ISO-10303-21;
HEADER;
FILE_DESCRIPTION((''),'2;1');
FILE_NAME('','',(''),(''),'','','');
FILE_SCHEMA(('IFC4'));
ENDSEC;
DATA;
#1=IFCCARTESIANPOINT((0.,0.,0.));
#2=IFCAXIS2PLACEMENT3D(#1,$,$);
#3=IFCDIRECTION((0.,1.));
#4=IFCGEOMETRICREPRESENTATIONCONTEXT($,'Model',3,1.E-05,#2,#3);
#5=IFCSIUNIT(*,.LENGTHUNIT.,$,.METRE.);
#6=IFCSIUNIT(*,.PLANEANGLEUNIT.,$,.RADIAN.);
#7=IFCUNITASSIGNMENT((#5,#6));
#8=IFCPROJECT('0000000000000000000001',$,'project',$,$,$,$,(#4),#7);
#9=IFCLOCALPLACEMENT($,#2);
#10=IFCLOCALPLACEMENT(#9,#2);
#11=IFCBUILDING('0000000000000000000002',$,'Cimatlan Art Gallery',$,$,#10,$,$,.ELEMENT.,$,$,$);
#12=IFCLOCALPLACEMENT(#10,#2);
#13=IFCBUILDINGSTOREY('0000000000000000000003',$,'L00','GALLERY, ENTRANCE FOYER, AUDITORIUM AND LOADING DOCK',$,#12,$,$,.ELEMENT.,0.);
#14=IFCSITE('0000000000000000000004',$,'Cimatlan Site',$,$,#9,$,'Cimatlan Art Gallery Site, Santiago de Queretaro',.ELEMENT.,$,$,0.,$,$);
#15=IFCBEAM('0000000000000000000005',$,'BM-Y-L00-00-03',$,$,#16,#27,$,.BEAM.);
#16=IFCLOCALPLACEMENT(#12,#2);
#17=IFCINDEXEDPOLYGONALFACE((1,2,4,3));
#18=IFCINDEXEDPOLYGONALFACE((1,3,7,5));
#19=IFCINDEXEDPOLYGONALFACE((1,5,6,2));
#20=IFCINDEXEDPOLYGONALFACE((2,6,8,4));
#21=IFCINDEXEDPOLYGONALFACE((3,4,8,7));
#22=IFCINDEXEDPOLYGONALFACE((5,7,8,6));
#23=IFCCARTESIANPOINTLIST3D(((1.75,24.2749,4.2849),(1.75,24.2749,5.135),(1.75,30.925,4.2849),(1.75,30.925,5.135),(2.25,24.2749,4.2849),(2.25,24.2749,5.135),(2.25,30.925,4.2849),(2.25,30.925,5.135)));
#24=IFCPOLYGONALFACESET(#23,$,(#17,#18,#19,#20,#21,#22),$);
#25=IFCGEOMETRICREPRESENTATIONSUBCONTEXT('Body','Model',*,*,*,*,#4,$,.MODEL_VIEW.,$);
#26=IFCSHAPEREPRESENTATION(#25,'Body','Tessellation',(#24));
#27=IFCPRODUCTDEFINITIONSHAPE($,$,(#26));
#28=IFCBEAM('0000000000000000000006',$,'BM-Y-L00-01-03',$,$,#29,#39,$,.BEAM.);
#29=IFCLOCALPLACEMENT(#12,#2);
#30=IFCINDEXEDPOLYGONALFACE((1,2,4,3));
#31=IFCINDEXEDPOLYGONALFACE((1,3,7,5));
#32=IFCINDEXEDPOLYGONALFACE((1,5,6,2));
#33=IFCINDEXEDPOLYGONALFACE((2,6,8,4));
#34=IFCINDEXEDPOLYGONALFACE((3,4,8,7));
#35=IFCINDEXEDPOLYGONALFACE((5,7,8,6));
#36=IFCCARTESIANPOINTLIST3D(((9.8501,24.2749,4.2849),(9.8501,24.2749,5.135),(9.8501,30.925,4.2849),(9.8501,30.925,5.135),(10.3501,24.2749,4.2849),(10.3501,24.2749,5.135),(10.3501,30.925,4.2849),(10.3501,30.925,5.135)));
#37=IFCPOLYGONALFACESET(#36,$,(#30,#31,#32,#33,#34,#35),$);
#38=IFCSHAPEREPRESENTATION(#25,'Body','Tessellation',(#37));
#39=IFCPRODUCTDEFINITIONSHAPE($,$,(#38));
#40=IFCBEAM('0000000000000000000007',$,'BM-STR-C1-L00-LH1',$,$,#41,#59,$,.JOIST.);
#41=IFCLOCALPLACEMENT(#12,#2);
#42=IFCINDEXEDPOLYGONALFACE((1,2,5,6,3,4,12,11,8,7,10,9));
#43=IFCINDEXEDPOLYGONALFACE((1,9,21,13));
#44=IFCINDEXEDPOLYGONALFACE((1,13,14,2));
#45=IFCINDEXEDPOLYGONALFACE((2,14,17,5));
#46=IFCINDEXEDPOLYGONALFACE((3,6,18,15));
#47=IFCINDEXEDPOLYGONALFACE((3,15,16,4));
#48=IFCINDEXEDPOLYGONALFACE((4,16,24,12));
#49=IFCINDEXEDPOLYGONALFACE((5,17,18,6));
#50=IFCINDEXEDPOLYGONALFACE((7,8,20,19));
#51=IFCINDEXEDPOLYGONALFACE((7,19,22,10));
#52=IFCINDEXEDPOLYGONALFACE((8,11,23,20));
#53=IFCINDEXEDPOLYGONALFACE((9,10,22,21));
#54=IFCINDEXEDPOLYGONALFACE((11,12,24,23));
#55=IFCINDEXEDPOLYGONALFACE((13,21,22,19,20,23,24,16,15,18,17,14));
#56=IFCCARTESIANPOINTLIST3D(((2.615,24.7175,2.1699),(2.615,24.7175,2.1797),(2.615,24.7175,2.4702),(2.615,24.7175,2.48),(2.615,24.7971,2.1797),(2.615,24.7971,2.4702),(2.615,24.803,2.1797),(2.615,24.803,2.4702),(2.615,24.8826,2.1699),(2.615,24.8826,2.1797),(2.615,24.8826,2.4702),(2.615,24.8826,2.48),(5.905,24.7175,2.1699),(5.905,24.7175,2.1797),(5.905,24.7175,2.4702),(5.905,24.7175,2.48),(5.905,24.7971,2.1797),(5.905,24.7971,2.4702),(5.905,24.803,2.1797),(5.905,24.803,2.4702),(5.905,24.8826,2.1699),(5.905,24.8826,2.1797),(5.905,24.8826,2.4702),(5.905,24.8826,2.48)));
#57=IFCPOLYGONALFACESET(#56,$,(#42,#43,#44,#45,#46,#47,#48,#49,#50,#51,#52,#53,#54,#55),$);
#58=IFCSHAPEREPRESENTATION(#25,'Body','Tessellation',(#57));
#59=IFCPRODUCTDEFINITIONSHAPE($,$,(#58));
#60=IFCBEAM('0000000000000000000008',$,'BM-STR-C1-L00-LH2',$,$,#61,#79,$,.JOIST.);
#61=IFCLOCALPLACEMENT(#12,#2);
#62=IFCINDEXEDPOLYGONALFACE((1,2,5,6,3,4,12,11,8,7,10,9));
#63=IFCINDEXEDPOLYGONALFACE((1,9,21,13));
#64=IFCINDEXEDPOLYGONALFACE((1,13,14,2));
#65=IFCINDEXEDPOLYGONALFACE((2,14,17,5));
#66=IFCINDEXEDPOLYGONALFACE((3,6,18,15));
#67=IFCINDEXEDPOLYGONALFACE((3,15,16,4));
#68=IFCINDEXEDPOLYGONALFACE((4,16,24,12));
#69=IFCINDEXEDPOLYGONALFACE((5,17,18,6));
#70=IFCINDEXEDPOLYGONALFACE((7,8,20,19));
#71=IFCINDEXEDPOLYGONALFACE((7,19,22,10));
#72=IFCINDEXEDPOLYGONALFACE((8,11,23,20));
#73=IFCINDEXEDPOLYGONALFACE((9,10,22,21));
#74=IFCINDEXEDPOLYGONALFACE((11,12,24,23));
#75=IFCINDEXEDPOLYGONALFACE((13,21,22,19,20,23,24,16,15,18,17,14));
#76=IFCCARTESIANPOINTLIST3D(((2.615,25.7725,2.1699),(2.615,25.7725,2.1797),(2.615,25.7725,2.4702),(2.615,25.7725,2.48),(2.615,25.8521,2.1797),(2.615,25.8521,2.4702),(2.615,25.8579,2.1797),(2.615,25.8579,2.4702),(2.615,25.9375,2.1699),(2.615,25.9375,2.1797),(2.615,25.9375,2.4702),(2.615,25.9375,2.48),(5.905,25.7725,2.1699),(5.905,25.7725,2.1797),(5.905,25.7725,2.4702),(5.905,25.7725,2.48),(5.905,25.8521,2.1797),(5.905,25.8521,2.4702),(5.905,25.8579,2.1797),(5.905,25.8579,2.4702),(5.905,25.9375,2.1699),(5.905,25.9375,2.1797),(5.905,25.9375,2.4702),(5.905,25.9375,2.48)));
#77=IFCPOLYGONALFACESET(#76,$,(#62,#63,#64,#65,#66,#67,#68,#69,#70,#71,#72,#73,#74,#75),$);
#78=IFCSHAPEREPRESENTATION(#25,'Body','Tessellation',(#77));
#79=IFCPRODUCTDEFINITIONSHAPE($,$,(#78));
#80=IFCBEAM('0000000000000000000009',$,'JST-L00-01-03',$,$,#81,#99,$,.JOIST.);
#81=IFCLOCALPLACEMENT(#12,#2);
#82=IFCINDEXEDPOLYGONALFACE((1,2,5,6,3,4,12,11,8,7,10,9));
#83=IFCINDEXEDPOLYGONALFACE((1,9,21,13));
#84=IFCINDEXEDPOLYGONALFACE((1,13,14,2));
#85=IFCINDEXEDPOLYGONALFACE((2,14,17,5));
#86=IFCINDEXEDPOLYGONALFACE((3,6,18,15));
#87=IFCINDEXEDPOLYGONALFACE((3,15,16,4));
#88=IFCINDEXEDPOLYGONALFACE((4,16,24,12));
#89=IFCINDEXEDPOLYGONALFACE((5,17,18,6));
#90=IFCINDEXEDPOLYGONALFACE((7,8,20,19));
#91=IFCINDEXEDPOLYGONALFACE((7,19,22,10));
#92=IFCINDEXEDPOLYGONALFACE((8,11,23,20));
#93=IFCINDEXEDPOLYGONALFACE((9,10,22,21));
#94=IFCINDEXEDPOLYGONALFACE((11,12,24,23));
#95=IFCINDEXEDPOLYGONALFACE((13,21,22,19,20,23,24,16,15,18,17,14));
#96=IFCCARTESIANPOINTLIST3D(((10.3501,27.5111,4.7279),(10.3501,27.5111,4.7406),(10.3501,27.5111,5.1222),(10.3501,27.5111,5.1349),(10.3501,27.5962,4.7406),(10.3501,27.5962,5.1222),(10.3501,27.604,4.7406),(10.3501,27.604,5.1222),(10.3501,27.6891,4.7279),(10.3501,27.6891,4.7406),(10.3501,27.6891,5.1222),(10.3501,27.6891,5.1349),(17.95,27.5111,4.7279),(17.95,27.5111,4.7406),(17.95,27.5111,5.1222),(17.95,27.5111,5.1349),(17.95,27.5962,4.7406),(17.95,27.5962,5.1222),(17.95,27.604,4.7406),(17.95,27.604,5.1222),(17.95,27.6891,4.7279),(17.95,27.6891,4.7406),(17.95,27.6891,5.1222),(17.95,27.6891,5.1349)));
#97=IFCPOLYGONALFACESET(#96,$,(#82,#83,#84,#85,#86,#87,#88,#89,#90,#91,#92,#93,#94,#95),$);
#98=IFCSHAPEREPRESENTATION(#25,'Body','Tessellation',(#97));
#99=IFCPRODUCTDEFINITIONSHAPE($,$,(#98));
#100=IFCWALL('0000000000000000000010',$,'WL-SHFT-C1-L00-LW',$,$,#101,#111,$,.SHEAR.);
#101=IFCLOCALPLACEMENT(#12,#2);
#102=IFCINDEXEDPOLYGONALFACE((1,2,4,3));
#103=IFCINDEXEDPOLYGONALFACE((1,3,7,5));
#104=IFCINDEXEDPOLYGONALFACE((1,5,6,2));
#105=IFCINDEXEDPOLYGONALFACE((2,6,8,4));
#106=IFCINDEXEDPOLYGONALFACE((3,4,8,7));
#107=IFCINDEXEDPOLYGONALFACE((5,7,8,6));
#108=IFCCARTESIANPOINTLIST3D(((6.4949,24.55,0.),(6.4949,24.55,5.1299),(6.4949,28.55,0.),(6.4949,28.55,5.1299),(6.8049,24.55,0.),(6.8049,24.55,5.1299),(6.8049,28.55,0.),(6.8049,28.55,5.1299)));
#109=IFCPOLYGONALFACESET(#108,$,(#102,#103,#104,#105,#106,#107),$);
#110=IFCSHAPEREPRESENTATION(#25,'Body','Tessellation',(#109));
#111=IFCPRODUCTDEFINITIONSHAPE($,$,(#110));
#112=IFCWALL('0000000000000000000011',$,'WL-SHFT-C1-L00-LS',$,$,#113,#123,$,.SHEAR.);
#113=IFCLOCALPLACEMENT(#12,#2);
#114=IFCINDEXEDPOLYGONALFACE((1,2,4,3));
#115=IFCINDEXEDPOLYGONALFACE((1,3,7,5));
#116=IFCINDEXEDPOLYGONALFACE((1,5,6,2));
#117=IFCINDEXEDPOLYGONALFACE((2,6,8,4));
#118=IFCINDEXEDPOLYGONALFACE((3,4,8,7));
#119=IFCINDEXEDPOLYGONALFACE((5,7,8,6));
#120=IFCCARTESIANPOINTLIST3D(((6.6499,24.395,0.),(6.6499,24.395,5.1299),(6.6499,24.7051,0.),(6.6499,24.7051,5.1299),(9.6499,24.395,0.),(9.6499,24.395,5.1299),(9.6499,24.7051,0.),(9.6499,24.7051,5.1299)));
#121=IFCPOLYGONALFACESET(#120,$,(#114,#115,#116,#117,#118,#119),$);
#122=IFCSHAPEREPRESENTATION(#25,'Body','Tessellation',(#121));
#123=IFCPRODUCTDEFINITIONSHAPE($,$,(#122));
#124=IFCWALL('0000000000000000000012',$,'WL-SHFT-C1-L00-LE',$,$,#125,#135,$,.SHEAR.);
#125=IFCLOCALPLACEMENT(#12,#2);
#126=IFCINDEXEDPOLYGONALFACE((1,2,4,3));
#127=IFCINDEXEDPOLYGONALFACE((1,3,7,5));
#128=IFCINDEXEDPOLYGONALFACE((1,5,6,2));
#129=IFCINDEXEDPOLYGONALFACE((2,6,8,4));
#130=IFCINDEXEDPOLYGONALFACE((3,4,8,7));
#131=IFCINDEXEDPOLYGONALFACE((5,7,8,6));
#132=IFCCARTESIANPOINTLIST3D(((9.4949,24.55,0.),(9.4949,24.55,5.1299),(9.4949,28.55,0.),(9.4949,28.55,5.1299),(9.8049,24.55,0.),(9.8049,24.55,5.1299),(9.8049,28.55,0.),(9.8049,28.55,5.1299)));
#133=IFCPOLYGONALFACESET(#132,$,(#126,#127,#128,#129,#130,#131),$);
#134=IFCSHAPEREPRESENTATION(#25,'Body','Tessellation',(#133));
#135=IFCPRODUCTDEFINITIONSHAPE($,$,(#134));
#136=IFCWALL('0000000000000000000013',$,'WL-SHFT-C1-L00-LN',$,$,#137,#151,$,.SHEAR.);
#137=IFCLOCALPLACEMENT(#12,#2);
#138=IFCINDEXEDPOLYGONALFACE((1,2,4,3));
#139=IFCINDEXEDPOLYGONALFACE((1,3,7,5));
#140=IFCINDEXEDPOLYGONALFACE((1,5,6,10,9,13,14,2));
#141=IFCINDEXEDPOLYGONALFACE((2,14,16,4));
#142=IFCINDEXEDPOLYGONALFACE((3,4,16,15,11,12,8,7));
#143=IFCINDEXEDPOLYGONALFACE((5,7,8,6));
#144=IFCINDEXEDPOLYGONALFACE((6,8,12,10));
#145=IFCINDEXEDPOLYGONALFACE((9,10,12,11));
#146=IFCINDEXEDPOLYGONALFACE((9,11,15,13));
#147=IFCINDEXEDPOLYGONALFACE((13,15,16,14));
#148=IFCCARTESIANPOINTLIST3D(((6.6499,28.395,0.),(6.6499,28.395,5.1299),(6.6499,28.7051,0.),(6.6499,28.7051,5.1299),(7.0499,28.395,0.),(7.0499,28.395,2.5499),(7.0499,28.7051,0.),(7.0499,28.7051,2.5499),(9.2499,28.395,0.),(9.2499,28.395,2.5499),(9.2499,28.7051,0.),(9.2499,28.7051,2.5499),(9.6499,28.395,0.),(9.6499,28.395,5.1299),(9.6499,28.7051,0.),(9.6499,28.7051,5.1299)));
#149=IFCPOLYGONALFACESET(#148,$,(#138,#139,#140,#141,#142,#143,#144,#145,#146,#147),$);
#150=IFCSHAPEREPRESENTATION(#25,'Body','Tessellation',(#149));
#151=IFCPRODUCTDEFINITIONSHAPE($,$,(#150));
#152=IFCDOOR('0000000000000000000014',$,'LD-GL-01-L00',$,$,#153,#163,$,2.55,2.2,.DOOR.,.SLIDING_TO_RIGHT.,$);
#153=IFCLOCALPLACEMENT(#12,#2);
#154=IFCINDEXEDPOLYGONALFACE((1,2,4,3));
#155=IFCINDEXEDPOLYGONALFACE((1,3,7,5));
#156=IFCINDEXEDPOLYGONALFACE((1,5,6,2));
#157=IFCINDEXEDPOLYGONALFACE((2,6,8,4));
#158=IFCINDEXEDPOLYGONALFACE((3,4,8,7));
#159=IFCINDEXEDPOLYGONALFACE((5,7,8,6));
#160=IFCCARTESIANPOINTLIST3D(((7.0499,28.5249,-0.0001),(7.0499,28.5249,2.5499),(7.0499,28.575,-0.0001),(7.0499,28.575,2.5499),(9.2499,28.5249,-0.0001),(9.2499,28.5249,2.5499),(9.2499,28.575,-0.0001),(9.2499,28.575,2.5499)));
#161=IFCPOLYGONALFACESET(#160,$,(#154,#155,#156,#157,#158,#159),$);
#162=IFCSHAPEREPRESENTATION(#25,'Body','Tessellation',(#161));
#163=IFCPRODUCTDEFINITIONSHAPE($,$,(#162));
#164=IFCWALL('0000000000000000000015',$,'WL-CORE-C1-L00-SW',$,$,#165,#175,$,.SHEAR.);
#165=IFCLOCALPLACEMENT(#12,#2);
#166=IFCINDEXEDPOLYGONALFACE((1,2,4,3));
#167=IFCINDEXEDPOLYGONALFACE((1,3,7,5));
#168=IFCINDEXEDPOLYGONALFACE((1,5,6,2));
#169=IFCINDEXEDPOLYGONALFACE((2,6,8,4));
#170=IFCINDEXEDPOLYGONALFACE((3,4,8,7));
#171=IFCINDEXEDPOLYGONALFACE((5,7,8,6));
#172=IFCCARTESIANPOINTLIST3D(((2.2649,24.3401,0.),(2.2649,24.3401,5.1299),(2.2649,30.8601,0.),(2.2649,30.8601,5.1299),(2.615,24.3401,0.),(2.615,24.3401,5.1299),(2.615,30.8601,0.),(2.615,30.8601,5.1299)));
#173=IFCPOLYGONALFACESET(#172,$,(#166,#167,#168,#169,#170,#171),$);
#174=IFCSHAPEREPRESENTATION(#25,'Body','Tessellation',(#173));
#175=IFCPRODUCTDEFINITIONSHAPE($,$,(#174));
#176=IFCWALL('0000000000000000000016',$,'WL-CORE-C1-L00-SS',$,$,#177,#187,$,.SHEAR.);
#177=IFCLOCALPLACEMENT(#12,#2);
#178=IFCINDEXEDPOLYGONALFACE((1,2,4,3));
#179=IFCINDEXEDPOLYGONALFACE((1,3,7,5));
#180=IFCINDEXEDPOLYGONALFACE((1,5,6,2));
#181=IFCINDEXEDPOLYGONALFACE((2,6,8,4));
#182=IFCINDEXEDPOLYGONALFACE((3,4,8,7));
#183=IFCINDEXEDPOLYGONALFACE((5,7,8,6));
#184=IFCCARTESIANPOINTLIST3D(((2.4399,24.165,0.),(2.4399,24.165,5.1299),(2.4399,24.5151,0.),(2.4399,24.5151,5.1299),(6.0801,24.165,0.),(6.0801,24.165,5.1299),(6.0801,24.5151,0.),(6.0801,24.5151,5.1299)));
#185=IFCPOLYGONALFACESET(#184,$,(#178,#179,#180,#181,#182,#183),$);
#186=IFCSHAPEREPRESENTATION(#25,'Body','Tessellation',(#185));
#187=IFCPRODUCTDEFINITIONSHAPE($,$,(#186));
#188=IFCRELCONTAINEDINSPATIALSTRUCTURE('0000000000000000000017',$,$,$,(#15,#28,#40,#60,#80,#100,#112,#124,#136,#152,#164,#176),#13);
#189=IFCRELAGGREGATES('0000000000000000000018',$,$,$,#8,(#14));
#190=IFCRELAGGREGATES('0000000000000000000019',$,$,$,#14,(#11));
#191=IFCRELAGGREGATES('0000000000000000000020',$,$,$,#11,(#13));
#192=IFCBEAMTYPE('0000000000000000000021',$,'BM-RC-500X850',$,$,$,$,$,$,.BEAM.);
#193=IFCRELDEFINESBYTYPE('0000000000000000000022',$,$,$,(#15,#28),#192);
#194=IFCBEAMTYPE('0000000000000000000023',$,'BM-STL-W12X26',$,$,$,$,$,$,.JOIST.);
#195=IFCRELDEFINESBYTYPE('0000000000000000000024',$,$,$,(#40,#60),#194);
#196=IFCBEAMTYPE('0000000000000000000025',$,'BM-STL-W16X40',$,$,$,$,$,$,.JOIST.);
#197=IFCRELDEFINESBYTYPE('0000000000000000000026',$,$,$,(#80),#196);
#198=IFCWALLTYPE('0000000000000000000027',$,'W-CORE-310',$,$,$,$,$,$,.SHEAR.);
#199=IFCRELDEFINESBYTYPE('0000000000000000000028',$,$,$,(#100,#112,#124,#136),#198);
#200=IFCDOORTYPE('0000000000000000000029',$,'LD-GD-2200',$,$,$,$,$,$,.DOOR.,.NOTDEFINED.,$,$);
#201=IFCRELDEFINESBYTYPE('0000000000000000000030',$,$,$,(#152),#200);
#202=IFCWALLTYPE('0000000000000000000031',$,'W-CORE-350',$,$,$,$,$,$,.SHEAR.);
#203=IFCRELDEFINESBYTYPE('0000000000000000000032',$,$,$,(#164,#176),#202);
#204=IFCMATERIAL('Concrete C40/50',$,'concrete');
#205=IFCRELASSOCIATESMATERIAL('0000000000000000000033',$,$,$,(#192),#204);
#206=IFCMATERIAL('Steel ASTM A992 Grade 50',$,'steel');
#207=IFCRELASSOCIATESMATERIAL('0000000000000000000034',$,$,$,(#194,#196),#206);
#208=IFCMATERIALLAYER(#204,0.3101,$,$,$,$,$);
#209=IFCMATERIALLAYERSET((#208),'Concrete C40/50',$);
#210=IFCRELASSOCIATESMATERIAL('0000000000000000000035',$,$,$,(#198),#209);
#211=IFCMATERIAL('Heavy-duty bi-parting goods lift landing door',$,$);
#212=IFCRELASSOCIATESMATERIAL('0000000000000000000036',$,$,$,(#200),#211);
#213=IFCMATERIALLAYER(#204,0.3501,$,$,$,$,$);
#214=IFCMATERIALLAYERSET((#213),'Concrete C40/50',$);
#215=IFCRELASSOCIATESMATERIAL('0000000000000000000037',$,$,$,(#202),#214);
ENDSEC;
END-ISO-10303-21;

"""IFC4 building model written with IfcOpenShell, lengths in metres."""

from ifc_helpers import new_model, si_unit, direction, frame, frame_2d, origin, origin_2d, place, context, subcontext, project, spatial, rectangle, i_section, extrude, material, layer, layer_set, material_profile, profile_set, type_object, element, fill, save


model = new_model("IFC4")

# Units and contexts
model_context = context("Model", 3, precision=1e-05, world=origin(), true_north=direction((0.0, 1.0)))
body_context = subcontext(model_context, "Body", "Model", "MODEL_VIEW")
ifc_project = project(units=[si_unit("LENGTHUNIT", "METRE"), si_unit("PLANEANGLEUNIT", "RADIAN")], contexts=[model_context])

# Site, building, storey
site_placement = place(None, origin())
site = spatial("IfcSite", under=ifc_project, at=site_placement, Name="Cimatlan Site", LongName="Cimatlan Art Gallery Site, Santiago de Queretaro", CompositionType="ELEMENT", RefElevation=0.0)
building_placement = place(site_placement, origin())
building = spatial("IfcBuilding", under=site, at=building_placement, Name="Cimatlan Art Gallery", CompositionType="ELEMENT")
storey_placement = place(building_placement, origin())
storey = spatial("IfcBuildingStorey", under=building, at=storey_placement, Name="L00", Description="GALLERY, ENTRANCE FOYER, AUDITORIUM AND LOADING DOCK", CompositionType="ELEMENT", Elevation=0.0)

# Beams
ifc_material_1 = material(Name="Concrete C40/50", Category="concrete")
ifc_material_profile_1 = material_profile(ifc_material_1, rectangle(XDim=0.5, YDim=0.8501, at=origin_2d()), Name="RC500X850")
ifc_profile_set_1 = profile_set([ifc_material_profile_1], Name="Concrete C40/50")
beam_type_1 = type_object("IfcBeamType", Name="BM-RC-500X850", PredefinedType="BEAM", material=ifc_profile_set_1)
for number, where, z_axis, x_axis, name in (
    (1, (2.0, 24.2749, 4.71), (0.0, 1.0, 0.0), (-1.0, 0.0, 0.0), "BM-Y-L00-00-03"),
    (2, (10.1001, 24.2749, 4.71), (0.0, 1.0, 0.0), (-1.0, 0.0, 0.0), "BM-Y-L00-01-03"),
):
    element("IfcBeam", number, at=place(storey_placement, frame(where, z_axis=z_axis, x_axis=x_axis)), inside=storey, type_object=beam_type_1, Name=name, PredefinedType="BEAM", context=body_context, shape_type="SweptSolid", body=[
        extrude(rectangle(XDim=0.5, YDim=0.8501, at=origin_2d()), origin(), (0.0, 0.0, 1.0), 6.6501),
    ])
ifc_material_2 = material(Name="Steel ASTM A992 Grade 50", Category="steel")
ifc_material_profile_2 = material_profile(ifc_material_2, i_section(OverallWidth=0.165, OverallDepth=0.3101, WebThickness=0.0059, FlangeThickness=0.0098, at=origin_2d()), Name="W12X26")
ifc_profile_set_2 = profile_set([ifc_material_profile_2], Name="Steel ASTM A992 Grade 50")
beam_type_2 = type_object("IfcBeamType", Name="BM-STL-W12X26", PredefinedType="JOIST", material=ifc_profile_set_2)
for number, where, z_axis, x_axis, name in (
    (3, (2.615, 24.8, 2.325), (1.0, 0.0, 0.0), (0.0, 1.0, 0.0), "BM-STR-C1-L00-LH1"),
    (4, (2.615, 25.855, 2.325), (1.0, 0.0, 0.0), (0.0, 1.0, 0.0), "BM-STR-C1-L00-LH2"),
):
    element("IfcBeam", number, at=place(storey_placement, frame(where, z_axis=z_axis, x_axis=x_axis)), inside=storey, type_object=beam_type_2, Name=name, PredefinedType="JOIST", context=body_context, shape_type="SweptSolid", body=[
        extrude(i_section(OverallWidth=0.165, OverallDepth=0.3101, WebThickness=0.0059, FlangeThickness=0.0098, at=origin_2d()), origin(), (0.0, 0.0, 1.0), 3.29),
    ])
ifc_material_profile_3 = material_profile(ifc_material_2, i_section(OverallWidth=0.178, OverallDepth=0.407, WebThickness=0.0078, FlangeThickness=0.0127, at=origin_2d()), Name="W16X40")
ifc_profile_set_3 = profile_set([ifc_material_profile_3], Name="Steel ASTM A992 Grade 50")
beam_type_3 = type_object("IfcBeamType", Name="BM-STL-W16X40", PredefinedType="JOIST", material=ifc_profile_set_3)
beam_placement = place(storey_placement, frame((10.3501, 27.6001, 4.9314), z_axis=(1.0, 0.0, 0.0), x_axis=(0.0, 1.0, 0.0)))
element("IfcBeam", 5, at=beam_placement, inside=storey, type_object=beam_type_3, Name="JST-L00-01-03", PredefinedType="JOIST", context=body_context, shape_type="SweptSolid", body=[
    extrude(i_section(OverallWidth=0.178, OverallDepth=0.407, WebThickness=0.0078, FlangeThickness=0.0127, at=origin_2d()), origin(), (0.0, 0.0, 1.0), 7.5999),
])

# Walls
ifc_layer_1 = layer(ifc_material_1, 0.3101)
ifc_layer_set_1 = layer_set([ifc_layer_1], Name="Concrete C40/50")
wall_type_1 = type_object("IfcWallType", Name="W-CORE-310", PredefinedType="SHEAR", material=ifc_layer_set_1)
wall_1_placement = place(storey_placement, frame((6.6499, 24.55, 0.0), z_axis=(0.0, 0.0, 1.0), x_axis=(0.0, 1.0, 0.0)))
element("IfcWall", 6, at=wall_1_placement, inside=storey, type_object=wall_type_1, Name="WL-SHFT-C1-L00-LW", PredefinedType="SHEAR", context=body_context, shape_type="SweptSolid", body=[
    extrude(rectangle(XDim=4.0, YDim=0.3101, at=frame_2d((2.0, 0.0))), origin(), (0.0, 0.0, 1.0), 5.1299),
])
wall_2_placement = place(storey_placement, frame((6.6499, 24.55, 0.0), z_axis=(0.0, 0.0, 1.0), x_axis=(1.0, 0.0, 0.0)))
element("IfcWall", 7, at=wall_2_placement, inside=storey, type_object=wall_type_1, Name="WL-SHFT-C1-L00-LS", PredefinedType="SHEAR", context=body_context, shape_type="SweptSolid", body=[
    extrude(rectangle(XDim=3.0, YDim=0.3101, at=frame_2d((1.5, 0.0))), origin(), (0.0, 0.0, 1.0), 5.1299),
])
wall_3_placement = place(storey_placement, frame((9.6499, 24.55, 0.0), z_axis=(0.0, 0.0, 1.0), x_axis=(0.0, 1.0, 0.0)))
element("IfcWall", 8, at=wall_3_placement, inside=storey, type_object=wall_type_1, Name="WL-SHFT-C1-L00-LE", PredefinedType="SHEAR", context=body_context, shape_type="SweptSolid", body=[
    extrude(rectangle(XDim=4.0, YDim=0.3101, at=frame_2d((2.0, 0.0))), origin(), (0.0, 0.0, 1.0), 5.1299),
])

# Wall, opening, door
wall_4_placement = place(storey_placement, frame((6.6499, 28.55, 0.0), z_axis=(0.0, 0.0, 1.0), x_axis=(1.0, 0.0, 0.0)))
wall_4 = element("IfcWall", 9, at=wall_4_placement, inside=storey, type_object=wall_type_1, Name="WL-SHFT-C1-L00-LN", PredefinedType="SHEAR", context=body_context, shape_type="SweptSolid", body=[
    extrude(rectangle(XDim=3.0, YDim=0.3101, at=frame_2d((1.5, 0.0))), origin(), (0.0, 0.0, 1.0), 5.1299),
])
opening_1_placement = place(wall_4_placement, frame((0.3999, 0.0, 0.0)))
opening_1 = element("IfcOpeningElement", 10, at=opening_1_placement, cuts=wall_4, PredefinedType="OPENING", context=body_context, shape_type="SweptSolid", body=[
    extrude(rectangle(XDim=2.2, YDim=2.55, at=frame_2d((1.1001, 1.2749))), frame((0.0, 0.165, 0.0), z_axis=(0.0, -1.0, 0.0), x_axis=(1.0, 0.0, 0.0)), (0.0, 0.0, 1.0), 0.3301),
])
ifc_material_3 = material(Name="Heavy-duty bi-parting goods lift landing door")
door_type = type_object("IfcDoorType", Name="LD-GD-2200", OperationType="NOTDEFINED", PredefinedType="DOOR", material=ifc_material_3)
door_placement = place(opening_1_placement, origin())
door = element("IfcDoor", 11, at=door_placement, inside=storey, type_object=door_type, Name="LD-GL-01-L00", OperationType="SLIDING_TO_RIGHT", OverallHeight=2.55, OverallWidth=2.2, PredefinedType="DOOR", context=body_context, shape_type="SweptSolid", body=[
    extrude(rectangle(XDim=2.2, YDim=2.55, at=frame_2d((1.1001, 1.2749))), frame((0.0, 0.0249, 0.0), z_axis=(0.0, -1.0, 0.0), x_axis=(1.0, 0.0, 0.0)), (0.0, 0.0, 1.0), 0.05),
])
fill(opening_1, door)

# Walls
ifc_layer_2 = layer(ifc_material_1, 0.3501)
ifc_layer_set_2 = layer_set([ifc_layer_2], Name="Concrete C40/50")
wall_type_2 = type_object("IfcWallType", Name="W-CORE-350", PredefinedType="SHEAR", material=ifc_layer_set_2)
wall_5_placement = place(storey_placement, frame((2.4399, 24.3401, 0.0), z_axis=(0.0, 0.0, 1.0), x_axis=(0.0, 1.0, 0.0)))
element("IfcWall", 12, at=wall_5_placement, inside=storey, type_object=wall_type_2, Name="WL-CORE-C1-L00-SW", PredefinedType="SHEAR", context=body_context, shape_type="SweptSolid", body=[
    extrude(rectangle(XDim=6.52, YDim=0.3501, at=frame_2d((3.26, 0.0))), origin(), (0.0, 0.0, 1.0), 5.1299),
])
wall_6_placement = place(storey_placement, frame((2.4399, 24.3401, 0.0), z_axis=(0.0, 0.0, 1.0), x_axis=(1.0, 0.0, 0.0)))
element("IfcWall", 13, at=wall_6_placement, inside=storey, type_object=wall_type_2, Name="WL-CORE-C1-L00-SS", PredefinedType="SHEAR", context=body_context, shape_type="SweptSolid", body=[
    extrude(rectangle(XDim=3.6401, YDim=0.3501, at=frame_2d((1.8201, 0.0))), origin(), (0.0, 0.0, 1.0), 5.1299),
])

save(model, "model.ifc")
